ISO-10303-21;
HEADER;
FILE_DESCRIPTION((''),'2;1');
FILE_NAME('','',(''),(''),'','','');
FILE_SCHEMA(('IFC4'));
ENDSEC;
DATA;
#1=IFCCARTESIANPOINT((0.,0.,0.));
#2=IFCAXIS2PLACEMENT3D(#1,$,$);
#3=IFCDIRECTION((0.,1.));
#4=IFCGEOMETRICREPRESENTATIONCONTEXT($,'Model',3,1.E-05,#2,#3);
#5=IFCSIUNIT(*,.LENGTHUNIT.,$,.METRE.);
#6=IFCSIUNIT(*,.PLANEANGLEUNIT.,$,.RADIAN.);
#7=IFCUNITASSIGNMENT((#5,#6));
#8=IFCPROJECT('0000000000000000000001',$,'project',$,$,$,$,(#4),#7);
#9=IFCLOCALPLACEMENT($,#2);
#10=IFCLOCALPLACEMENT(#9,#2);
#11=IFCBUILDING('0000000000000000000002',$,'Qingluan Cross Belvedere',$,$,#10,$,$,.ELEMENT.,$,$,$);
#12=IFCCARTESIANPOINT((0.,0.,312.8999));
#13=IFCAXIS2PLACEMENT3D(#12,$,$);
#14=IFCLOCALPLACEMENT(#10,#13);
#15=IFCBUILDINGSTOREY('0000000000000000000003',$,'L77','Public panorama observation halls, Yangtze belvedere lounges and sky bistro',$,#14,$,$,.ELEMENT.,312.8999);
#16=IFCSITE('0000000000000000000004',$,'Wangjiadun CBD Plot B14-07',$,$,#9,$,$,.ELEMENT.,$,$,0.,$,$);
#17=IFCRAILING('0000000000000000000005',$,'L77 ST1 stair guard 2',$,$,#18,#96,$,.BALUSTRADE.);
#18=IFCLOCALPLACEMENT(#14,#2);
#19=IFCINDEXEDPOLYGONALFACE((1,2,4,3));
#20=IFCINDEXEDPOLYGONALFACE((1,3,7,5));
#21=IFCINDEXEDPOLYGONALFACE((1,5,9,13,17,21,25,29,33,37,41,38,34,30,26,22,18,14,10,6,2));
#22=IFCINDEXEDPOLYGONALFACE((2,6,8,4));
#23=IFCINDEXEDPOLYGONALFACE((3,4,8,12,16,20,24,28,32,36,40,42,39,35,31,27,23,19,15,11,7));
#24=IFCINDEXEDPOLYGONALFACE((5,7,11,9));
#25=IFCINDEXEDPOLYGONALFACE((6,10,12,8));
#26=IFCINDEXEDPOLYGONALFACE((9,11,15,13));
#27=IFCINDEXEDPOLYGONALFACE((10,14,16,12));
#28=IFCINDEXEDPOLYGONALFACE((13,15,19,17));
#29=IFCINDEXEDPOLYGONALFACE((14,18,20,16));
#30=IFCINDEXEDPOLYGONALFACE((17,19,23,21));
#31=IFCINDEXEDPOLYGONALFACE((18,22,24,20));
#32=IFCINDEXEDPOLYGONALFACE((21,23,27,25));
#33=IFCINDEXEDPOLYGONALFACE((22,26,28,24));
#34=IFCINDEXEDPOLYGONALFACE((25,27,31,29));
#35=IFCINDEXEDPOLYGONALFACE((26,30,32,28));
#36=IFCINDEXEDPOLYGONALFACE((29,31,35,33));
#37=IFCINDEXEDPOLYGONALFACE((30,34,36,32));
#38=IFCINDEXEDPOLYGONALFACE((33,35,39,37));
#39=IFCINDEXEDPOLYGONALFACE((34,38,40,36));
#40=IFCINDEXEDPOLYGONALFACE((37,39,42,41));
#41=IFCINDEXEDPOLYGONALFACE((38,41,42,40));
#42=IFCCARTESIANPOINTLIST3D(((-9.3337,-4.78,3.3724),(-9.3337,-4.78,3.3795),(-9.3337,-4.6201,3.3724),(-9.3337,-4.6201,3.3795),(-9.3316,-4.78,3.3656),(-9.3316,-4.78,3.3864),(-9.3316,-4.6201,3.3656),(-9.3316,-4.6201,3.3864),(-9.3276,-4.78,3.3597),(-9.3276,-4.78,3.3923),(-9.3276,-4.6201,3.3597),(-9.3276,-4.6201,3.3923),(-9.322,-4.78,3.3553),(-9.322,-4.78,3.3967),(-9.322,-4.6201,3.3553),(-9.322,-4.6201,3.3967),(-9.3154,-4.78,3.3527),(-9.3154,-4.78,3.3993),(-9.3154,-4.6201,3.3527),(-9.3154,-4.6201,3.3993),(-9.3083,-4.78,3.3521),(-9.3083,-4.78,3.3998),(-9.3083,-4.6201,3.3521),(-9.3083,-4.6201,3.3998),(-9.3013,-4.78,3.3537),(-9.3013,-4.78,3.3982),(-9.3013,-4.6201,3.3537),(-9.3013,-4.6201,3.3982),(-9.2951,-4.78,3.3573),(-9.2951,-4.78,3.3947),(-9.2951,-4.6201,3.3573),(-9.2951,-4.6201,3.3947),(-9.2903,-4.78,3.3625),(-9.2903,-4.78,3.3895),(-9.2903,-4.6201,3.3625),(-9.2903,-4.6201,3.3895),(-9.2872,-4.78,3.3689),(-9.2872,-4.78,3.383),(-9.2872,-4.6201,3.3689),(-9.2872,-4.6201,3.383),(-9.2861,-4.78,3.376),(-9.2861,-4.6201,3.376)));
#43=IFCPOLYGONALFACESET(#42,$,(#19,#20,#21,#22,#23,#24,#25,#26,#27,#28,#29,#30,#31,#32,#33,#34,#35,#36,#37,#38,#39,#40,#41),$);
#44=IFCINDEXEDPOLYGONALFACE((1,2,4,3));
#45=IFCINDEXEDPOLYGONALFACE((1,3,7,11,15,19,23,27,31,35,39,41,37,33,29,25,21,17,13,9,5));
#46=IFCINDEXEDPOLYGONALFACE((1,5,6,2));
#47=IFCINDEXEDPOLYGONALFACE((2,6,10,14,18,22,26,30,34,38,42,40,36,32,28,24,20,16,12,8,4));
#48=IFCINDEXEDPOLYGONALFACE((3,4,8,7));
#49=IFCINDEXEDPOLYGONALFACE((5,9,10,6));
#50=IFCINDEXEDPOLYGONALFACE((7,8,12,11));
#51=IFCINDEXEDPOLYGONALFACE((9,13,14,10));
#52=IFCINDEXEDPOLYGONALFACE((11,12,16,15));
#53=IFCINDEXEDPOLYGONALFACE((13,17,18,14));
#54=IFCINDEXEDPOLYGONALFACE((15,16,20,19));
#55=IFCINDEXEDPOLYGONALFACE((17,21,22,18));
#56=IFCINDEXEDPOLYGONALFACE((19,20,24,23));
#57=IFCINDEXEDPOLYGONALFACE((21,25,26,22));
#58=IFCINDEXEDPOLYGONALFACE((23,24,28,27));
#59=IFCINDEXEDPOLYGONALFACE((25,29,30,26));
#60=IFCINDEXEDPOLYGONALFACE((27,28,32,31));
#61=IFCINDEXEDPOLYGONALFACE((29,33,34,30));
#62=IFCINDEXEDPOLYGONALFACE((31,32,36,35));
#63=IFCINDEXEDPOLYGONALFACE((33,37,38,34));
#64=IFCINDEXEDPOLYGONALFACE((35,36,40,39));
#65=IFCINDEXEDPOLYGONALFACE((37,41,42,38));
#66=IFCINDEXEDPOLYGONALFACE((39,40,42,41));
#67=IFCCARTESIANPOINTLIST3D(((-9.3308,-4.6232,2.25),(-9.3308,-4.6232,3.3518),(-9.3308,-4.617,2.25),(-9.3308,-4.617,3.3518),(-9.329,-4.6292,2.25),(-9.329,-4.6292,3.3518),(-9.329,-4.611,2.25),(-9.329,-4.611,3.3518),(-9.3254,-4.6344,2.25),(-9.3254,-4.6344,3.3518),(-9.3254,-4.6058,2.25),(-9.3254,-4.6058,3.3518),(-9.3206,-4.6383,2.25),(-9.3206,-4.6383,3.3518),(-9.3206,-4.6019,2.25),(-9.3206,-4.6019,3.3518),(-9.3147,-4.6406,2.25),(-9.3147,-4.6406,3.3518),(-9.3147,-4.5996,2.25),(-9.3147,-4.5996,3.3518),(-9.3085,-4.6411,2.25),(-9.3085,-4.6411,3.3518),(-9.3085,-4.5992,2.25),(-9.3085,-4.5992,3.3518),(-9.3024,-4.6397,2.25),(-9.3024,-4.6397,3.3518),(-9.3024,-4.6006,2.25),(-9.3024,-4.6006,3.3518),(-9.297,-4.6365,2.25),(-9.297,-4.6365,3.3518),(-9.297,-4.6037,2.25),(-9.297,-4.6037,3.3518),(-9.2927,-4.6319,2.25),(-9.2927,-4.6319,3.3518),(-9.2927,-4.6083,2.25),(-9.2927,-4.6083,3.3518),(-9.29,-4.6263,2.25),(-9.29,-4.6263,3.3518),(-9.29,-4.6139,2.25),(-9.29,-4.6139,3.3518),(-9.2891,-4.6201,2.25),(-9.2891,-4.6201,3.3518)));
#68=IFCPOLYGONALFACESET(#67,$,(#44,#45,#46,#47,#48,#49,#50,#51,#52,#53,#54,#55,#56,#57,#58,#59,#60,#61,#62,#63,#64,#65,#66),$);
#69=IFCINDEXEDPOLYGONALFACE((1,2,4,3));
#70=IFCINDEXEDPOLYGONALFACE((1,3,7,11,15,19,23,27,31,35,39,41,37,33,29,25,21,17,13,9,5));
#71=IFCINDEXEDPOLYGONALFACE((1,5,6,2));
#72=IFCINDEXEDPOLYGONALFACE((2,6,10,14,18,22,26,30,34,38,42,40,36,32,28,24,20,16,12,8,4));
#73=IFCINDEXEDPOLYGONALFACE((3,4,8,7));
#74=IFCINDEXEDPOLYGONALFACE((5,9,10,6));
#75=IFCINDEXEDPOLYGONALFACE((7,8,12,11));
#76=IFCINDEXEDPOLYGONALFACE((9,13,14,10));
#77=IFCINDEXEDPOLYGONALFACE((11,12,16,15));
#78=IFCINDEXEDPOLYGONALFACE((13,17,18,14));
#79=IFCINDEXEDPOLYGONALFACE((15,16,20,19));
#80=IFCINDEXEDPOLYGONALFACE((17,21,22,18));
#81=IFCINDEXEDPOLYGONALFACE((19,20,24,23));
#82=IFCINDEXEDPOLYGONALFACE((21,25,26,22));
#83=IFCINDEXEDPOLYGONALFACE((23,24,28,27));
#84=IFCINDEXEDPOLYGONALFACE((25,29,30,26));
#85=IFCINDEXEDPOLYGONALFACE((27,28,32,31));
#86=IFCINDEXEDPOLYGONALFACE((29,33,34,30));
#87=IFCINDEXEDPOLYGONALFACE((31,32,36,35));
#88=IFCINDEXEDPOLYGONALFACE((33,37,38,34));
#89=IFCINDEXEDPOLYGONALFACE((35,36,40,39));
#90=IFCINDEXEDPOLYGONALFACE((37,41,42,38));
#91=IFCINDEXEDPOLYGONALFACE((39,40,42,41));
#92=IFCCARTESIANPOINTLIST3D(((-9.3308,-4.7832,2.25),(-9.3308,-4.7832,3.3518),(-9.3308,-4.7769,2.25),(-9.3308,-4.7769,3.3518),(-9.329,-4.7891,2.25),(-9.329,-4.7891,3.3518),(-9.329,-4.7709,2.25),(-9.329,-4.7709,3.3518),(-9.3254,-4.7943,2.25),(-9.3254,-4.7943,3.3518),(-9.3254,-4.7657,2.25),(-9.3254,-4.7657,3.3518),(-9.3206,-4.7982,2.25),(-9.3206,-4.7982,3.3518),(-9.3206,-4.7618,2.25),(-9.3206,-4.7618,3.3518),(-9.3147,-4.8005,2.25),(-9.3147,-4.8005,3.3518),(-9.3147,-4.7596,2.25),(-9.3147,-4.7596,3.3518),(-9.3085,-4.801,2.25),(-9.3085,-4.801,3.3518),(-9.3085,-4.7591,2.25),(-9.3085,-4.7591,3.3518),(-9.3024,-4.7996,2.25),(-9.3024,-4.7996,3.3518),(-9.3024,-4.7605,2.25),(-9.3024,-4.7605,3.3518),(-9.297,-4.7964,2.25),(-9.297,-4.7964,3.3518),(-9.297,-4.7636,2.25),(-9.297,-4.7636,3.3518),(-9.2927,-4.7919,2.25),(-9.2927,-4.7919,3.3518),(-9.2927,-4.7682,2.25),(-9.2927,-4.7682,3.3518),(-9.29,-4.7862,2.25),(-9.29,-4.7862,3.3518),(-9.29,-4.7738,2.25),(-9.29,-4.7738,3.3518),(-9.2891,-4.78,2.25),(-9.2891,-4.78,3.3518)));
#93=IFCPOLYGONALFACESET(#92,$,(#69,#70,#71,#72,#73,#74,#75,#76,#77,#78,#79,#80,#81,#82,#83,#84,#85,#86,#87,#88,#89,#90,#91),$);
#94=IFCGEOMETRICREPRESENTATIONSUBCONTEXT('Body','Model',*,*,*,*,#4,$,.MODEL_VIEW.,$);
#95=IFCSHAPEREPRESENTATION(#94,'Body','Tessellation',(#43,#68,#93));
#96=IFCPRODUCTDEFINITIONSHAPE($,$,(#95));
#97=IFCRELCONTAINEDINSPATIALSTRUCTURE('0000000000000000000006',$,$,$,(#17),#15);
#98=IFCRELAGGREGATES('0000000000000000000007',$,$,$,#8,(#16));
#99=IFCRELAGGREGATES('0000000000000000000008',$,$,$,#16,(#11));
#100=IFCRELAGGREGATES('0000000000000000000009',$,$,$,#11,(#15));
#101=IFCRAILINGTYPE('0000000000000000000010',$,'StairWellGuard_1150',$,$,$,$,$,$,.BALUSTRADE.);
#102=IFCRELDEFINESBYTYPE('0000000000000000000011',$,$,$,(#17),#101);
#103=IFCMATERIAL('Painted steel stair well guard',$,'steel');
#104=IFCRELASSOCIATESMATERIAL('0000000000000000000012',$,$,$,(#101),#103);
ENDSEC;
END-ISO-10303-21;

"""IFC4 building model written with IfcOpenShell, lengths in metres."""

from ifc_helpers import new_model, si_unit, direction, frame, origin, origin_2d, place, context, subcontext, project, spatial, circle, extrude, material, type_object, element, save


model = new_model("IFC4")

# Units and contexts
model_context = context("Model", 3, precision=1e-05, world=origin(), true_north=direction((0.0, 1.0)))
body_context = subcontext(model_context, "Body", "Model", "MODEL_VIEW")
ifc_project = project(units=[si_unit("LENGTHUNIT", "METRE"), si_unit("PLANEANGLEUNIT", "RADIAN")], contexts=[model_context])

# Site, building, storey
site_placement = place(None, origin())
site = spatial("IfcSite", under=ifc_project, at=site_placement, Name="Wangjiadun CBD Plot B14-07", CompositionType="ELEMENT", RefElevation=0.0)
building_placement = place(site_placement, origin())
building = spatial("IfcBuilding", under=site, at=building_placement, Name="Qingluan Cross Belvedere", CompositionType="ELEMENT")
storey_placement = place(building_placement, frame((0.0, 0.0, 312.8999)))
storey = spatial("IfcBuildingStorey", under=building, at=storey_placement, Name="L77", Description="Public panorama observation halls, Yangtze belvedere lounges and sky bistro", CompositionType="ELEMENT", Elevation=312.8999)

# Railing
ifc_material_1 = material(Name="Painted steel stair well guard", Category="steel")
railing_type = type_object("IfcRailingType", Name="StairWellGuard_1150", PredefinedType="BALUSTRADE", material=ifc_material_1)
railing_placement = place(storey_placement, frame((-9.3101, -4.6201, 2.25)))
element("IfcRailing", 1, at=railing_placement, inside=storey, type_object=railing_type, Name="L77 ST1 stair guard 2", PredefinedType="BALUSTRADE", context=body_context, shape_type="SweptSolid", body=[
    extrude(circle(Radius=0.0239, at=origin_2d()), frame((0.0, 0.0, 1.126), z_axis=(0.0, -1.0, 0.0), x_axis=(1.0, 0.0, 0.0)), (0.0, 0.0, 1.0), 0.1599),
    extrude(circle(Radius=0.021, at=origin_2d()), origin(), (0.0, 0.0, 1.0), 1.1018),
    extrude(circle(Radius=0.021, at=origin_2d()), frame((0.0, -0.1599, 0.0)), (0.0, 0.0, 1.0), 1.1018),
])

save(model, "model.ifc")
